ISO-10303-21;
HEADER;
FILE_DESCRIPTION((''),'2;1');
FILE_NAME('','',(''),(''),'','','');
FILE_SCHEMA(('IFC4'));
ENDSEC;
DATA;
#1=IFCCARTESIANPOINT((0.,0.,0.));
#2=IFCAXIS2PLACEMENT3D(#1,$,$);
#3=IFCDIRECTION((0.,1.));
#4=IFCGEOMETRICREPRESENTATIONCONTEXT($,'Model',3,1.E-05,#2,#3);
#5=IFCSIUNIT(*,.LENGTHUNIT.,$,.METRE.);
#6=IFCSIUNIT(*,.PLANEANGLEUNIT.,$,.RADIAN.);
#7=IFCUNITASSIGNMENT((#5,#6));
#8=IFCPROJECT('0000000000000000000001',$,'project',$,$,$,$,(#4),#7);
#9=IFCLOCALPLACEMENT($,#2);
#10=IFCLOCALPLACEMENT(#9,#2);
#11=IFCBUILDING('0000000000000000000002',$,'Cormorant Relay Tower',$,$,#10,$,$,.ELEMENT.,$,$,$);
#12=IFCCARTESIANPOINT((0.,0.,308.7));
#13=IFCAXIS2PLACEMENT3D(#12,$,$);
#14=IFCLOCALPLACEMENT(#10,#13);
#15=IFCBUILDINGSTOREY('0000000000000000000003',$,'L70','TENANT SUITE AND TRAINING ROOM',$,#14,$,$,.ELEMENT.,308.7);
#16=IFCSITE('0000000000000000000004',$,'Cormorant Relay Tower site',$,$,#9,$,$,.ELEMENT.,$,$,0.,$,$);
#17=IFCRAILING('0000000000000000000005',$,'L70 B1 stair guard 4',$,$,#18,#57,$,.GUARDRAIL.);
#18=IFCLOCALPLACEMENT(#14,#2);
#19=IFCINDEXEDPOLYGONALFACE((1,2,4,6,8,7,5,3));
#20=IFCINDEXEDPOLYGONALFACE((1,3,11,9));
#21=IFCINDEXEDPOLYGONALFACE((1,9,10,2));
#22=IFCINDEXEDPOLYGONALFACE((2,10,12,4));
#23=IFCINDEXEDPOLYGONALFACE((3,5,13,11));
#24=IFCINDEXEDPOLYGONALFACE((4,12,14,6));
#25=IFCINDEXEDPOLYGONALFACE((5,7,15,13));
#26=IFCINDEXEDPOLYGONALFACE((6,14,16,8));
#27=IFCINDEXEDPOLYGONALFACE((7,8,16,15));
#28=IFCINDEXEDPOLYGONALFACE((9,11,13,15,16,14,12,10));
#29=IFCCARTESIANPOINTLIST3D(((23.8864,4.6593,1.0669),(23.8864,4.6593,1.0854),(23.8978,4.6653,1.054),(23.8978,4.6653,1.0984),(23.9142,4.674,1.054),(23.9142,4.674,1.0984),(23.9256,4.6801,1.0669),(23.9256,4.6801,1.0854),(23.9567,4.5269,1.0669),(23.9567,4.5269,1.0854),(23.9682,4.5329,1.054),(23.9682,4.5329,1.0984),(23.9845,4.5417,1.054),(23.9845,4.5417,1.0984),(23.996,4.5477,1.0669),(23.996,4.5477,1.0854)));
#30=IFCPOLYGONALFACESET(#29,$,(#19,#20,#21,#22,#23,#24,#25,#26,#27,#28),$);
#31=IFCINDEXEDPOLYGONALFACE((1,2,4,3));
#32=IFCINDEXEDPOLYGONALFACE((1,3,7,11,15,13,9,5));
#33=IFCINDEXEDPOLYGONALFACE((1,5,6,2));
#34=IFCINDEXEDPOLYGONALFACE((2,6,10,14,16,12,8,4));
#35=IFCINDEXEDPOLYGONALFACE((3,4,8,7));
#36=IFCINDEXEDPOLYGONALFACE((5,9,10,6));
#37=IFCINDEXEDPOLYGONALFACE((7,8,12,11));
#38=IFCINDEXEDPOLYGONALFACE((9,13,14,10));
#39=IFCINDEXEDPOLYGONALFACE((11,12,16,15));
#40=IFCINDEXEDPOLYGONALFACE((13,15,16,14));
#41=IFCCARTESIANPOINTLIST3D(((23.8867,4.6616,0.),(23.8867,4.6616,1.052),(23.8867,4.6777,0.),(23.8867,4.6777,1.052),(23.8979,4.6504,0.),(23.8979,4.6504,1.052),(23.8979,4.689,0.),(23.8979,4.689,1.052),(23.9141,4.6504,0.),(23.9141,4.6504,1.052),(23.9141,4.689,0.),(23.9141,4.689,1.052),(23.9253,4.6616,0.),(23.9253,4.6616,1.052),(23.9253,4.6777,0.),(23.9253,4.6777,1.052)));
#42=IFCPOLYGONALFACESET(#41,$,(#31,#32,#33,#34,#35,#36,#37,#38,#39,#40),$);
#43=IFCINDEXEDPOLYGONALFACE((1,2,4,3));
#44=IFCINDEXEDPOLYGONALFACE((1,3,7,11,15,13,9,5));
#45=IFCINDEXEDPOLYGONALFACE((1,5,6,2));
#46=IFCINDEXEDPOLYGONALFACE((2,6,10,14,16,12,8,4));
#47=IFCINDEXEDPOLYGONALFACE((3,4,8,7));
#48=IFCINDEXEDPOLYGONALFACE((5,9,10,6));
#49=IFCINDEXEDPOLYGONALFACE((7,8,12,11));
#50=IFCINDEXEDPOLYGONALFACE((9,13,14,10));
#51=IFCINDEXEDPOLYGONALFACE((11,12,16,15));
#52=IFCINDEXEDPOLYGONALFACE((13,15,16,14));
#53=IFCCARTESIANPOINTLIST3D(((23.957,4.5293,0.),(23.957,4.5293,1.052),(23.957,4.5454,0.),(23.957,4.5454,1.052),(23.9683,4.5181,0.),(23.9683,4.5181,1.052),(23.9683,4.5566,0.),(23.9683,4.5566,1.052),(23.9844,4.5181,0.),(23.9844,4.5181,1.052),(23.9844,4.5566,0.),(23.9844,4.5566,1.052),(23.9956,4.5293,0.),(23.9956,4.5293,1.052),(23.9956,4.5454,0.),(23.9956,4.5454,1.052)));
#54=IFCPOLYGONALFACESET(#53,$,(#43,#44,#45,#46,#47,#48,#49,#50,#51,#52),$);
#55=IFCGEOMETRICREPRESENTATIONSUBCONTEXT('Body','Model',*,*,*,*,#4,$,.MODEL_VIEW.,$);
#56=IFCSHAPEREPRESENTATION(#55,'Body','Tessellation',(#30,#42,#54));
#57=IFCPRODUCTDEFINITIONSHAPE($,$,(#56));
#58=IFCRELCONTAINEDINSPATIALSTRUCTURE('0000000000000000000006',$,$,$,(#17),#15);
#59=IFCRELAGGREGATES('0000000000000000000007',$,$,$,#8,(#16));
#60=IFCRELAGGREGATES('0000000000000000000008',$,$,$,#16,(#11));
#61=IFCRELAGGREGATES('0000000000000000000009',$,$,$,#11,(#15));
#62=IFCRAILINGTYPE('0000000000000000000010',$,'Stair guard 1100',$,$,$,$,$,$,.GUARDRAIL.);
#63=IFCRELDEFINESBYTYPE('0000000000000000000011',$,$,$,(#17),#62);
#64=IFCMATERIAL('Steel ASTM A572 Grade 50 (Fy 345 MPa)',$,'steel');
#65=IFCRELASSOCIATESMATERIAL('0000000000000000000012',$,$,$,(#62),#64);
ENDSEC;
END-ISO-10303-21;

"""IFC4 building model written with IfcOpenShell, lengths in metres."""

from ifc_helpers import new_model, si_unit, direction, frame, origin, place, context, subcontext, project, spatial, polyline, outline, extrude, material, type_object, element, save


model = new_model("IFC4")

# Units and contexts
model_context = context("Model", 3, precision=1e-05, world=origin(), true_north=direction((0.0, 1.0)))
body_context = subcontext(model_context, "Body", "Model", "MODEL_VIEW")
ifc_project = project(units=[si_unit("LENGTHUNIT", "METRE"), si_unit("PLANEANGLEUNIT", "RADIAN")], contexts=[model_context])

# Site, building, storey
site_placement = place(None, origin())
site = spatial("IfcSite", under=ifc_project, at=site_placement, Name="Cormorant Relay Tower site", CompositionType="ELEMENT", RefElevation=0.0)
building_placement = place(site_placement, origin())
building = spatial("IfcBuilding", under=site, at=building_placement, Name="Cormorant Relay Tower", CompositionType="ELEMENT")
storey_placement = place(building_placement, frame((0.0, 0.0, 308.7)))
storey = spatial("IfcBuildingStorey", under=building, at=storey_placement, Name="L70", Description="TENANT SUITE AND TRAINING ROOM", CompositionType="ELEMENT", Elevation=308.7)

# Railing
ifc_material_1 = material(Name="Steel ASTM A572 Grade 50 (Fy 345 MPa)", Category="steel")
railing_type = type_object("IfcRailingType", Name="Stair guard 1100", PredefinedType="GUARDRAIL", material=ifc_material_1)
railing_1_placement = place(storey_placement, frame((23.906, 4.6697, 0.0)))
element("IfcRailing", 1, at=railing_1_placement, inside=storey, type_object=railing_type, Name="L70 B1 stair guard 4", PredefinedType="GUARDRAIL", context=body_context, shape_type="SweptSolid", body=[
    extrude(outline(polyline([(0.0222, 0.0093), (0.0093, 0.0222), (-0.0093, 0.0222), (-0.0222, 0.0093), (-0.0222, -0.0093), (-0.0093, -0.0222), (0.0093, -0.0222), (0.0222, -0.0093), (0.0222, 0.0093)])), frame((0.0, 0.0, 1.0762), z_axis=(0.469235, -0.883074, 0.0), x_axis=(0.883074, 0.469235, 0.0)), (0.0, 0.0, 1.0), 0.1499),
    extrude(outline(polyline([(0.0193, 0.0081), (0.0081, 0.0193), (-0.0081, 0.0193), (-0.0193, 0.0081), (-0.0193, -0.0081), (-0.0081, -0.0193), (0.0081, -0.0193), (0.0193, -0.0081), (0.0193, 0.0081)])), origin(), (0.0, 0.0, 1.0), 1.052),
    extrude(outline(polyline([(0.0193, 0.0081), (0.0081, 0.0193), (-0.0081, 0.0193), (-0.0193, 0.0081), (-0.0193, -0.0081), (-0.0081, -0.0193), (0.0081, -0.0193), (0.0193, -0.0081), (0.0193, 0.0081)])), frame((0.0703, -0.1323, 0.0)), (0.0, 0.0, 1.0), 1.052),
])

save(model, "model.ifc")
